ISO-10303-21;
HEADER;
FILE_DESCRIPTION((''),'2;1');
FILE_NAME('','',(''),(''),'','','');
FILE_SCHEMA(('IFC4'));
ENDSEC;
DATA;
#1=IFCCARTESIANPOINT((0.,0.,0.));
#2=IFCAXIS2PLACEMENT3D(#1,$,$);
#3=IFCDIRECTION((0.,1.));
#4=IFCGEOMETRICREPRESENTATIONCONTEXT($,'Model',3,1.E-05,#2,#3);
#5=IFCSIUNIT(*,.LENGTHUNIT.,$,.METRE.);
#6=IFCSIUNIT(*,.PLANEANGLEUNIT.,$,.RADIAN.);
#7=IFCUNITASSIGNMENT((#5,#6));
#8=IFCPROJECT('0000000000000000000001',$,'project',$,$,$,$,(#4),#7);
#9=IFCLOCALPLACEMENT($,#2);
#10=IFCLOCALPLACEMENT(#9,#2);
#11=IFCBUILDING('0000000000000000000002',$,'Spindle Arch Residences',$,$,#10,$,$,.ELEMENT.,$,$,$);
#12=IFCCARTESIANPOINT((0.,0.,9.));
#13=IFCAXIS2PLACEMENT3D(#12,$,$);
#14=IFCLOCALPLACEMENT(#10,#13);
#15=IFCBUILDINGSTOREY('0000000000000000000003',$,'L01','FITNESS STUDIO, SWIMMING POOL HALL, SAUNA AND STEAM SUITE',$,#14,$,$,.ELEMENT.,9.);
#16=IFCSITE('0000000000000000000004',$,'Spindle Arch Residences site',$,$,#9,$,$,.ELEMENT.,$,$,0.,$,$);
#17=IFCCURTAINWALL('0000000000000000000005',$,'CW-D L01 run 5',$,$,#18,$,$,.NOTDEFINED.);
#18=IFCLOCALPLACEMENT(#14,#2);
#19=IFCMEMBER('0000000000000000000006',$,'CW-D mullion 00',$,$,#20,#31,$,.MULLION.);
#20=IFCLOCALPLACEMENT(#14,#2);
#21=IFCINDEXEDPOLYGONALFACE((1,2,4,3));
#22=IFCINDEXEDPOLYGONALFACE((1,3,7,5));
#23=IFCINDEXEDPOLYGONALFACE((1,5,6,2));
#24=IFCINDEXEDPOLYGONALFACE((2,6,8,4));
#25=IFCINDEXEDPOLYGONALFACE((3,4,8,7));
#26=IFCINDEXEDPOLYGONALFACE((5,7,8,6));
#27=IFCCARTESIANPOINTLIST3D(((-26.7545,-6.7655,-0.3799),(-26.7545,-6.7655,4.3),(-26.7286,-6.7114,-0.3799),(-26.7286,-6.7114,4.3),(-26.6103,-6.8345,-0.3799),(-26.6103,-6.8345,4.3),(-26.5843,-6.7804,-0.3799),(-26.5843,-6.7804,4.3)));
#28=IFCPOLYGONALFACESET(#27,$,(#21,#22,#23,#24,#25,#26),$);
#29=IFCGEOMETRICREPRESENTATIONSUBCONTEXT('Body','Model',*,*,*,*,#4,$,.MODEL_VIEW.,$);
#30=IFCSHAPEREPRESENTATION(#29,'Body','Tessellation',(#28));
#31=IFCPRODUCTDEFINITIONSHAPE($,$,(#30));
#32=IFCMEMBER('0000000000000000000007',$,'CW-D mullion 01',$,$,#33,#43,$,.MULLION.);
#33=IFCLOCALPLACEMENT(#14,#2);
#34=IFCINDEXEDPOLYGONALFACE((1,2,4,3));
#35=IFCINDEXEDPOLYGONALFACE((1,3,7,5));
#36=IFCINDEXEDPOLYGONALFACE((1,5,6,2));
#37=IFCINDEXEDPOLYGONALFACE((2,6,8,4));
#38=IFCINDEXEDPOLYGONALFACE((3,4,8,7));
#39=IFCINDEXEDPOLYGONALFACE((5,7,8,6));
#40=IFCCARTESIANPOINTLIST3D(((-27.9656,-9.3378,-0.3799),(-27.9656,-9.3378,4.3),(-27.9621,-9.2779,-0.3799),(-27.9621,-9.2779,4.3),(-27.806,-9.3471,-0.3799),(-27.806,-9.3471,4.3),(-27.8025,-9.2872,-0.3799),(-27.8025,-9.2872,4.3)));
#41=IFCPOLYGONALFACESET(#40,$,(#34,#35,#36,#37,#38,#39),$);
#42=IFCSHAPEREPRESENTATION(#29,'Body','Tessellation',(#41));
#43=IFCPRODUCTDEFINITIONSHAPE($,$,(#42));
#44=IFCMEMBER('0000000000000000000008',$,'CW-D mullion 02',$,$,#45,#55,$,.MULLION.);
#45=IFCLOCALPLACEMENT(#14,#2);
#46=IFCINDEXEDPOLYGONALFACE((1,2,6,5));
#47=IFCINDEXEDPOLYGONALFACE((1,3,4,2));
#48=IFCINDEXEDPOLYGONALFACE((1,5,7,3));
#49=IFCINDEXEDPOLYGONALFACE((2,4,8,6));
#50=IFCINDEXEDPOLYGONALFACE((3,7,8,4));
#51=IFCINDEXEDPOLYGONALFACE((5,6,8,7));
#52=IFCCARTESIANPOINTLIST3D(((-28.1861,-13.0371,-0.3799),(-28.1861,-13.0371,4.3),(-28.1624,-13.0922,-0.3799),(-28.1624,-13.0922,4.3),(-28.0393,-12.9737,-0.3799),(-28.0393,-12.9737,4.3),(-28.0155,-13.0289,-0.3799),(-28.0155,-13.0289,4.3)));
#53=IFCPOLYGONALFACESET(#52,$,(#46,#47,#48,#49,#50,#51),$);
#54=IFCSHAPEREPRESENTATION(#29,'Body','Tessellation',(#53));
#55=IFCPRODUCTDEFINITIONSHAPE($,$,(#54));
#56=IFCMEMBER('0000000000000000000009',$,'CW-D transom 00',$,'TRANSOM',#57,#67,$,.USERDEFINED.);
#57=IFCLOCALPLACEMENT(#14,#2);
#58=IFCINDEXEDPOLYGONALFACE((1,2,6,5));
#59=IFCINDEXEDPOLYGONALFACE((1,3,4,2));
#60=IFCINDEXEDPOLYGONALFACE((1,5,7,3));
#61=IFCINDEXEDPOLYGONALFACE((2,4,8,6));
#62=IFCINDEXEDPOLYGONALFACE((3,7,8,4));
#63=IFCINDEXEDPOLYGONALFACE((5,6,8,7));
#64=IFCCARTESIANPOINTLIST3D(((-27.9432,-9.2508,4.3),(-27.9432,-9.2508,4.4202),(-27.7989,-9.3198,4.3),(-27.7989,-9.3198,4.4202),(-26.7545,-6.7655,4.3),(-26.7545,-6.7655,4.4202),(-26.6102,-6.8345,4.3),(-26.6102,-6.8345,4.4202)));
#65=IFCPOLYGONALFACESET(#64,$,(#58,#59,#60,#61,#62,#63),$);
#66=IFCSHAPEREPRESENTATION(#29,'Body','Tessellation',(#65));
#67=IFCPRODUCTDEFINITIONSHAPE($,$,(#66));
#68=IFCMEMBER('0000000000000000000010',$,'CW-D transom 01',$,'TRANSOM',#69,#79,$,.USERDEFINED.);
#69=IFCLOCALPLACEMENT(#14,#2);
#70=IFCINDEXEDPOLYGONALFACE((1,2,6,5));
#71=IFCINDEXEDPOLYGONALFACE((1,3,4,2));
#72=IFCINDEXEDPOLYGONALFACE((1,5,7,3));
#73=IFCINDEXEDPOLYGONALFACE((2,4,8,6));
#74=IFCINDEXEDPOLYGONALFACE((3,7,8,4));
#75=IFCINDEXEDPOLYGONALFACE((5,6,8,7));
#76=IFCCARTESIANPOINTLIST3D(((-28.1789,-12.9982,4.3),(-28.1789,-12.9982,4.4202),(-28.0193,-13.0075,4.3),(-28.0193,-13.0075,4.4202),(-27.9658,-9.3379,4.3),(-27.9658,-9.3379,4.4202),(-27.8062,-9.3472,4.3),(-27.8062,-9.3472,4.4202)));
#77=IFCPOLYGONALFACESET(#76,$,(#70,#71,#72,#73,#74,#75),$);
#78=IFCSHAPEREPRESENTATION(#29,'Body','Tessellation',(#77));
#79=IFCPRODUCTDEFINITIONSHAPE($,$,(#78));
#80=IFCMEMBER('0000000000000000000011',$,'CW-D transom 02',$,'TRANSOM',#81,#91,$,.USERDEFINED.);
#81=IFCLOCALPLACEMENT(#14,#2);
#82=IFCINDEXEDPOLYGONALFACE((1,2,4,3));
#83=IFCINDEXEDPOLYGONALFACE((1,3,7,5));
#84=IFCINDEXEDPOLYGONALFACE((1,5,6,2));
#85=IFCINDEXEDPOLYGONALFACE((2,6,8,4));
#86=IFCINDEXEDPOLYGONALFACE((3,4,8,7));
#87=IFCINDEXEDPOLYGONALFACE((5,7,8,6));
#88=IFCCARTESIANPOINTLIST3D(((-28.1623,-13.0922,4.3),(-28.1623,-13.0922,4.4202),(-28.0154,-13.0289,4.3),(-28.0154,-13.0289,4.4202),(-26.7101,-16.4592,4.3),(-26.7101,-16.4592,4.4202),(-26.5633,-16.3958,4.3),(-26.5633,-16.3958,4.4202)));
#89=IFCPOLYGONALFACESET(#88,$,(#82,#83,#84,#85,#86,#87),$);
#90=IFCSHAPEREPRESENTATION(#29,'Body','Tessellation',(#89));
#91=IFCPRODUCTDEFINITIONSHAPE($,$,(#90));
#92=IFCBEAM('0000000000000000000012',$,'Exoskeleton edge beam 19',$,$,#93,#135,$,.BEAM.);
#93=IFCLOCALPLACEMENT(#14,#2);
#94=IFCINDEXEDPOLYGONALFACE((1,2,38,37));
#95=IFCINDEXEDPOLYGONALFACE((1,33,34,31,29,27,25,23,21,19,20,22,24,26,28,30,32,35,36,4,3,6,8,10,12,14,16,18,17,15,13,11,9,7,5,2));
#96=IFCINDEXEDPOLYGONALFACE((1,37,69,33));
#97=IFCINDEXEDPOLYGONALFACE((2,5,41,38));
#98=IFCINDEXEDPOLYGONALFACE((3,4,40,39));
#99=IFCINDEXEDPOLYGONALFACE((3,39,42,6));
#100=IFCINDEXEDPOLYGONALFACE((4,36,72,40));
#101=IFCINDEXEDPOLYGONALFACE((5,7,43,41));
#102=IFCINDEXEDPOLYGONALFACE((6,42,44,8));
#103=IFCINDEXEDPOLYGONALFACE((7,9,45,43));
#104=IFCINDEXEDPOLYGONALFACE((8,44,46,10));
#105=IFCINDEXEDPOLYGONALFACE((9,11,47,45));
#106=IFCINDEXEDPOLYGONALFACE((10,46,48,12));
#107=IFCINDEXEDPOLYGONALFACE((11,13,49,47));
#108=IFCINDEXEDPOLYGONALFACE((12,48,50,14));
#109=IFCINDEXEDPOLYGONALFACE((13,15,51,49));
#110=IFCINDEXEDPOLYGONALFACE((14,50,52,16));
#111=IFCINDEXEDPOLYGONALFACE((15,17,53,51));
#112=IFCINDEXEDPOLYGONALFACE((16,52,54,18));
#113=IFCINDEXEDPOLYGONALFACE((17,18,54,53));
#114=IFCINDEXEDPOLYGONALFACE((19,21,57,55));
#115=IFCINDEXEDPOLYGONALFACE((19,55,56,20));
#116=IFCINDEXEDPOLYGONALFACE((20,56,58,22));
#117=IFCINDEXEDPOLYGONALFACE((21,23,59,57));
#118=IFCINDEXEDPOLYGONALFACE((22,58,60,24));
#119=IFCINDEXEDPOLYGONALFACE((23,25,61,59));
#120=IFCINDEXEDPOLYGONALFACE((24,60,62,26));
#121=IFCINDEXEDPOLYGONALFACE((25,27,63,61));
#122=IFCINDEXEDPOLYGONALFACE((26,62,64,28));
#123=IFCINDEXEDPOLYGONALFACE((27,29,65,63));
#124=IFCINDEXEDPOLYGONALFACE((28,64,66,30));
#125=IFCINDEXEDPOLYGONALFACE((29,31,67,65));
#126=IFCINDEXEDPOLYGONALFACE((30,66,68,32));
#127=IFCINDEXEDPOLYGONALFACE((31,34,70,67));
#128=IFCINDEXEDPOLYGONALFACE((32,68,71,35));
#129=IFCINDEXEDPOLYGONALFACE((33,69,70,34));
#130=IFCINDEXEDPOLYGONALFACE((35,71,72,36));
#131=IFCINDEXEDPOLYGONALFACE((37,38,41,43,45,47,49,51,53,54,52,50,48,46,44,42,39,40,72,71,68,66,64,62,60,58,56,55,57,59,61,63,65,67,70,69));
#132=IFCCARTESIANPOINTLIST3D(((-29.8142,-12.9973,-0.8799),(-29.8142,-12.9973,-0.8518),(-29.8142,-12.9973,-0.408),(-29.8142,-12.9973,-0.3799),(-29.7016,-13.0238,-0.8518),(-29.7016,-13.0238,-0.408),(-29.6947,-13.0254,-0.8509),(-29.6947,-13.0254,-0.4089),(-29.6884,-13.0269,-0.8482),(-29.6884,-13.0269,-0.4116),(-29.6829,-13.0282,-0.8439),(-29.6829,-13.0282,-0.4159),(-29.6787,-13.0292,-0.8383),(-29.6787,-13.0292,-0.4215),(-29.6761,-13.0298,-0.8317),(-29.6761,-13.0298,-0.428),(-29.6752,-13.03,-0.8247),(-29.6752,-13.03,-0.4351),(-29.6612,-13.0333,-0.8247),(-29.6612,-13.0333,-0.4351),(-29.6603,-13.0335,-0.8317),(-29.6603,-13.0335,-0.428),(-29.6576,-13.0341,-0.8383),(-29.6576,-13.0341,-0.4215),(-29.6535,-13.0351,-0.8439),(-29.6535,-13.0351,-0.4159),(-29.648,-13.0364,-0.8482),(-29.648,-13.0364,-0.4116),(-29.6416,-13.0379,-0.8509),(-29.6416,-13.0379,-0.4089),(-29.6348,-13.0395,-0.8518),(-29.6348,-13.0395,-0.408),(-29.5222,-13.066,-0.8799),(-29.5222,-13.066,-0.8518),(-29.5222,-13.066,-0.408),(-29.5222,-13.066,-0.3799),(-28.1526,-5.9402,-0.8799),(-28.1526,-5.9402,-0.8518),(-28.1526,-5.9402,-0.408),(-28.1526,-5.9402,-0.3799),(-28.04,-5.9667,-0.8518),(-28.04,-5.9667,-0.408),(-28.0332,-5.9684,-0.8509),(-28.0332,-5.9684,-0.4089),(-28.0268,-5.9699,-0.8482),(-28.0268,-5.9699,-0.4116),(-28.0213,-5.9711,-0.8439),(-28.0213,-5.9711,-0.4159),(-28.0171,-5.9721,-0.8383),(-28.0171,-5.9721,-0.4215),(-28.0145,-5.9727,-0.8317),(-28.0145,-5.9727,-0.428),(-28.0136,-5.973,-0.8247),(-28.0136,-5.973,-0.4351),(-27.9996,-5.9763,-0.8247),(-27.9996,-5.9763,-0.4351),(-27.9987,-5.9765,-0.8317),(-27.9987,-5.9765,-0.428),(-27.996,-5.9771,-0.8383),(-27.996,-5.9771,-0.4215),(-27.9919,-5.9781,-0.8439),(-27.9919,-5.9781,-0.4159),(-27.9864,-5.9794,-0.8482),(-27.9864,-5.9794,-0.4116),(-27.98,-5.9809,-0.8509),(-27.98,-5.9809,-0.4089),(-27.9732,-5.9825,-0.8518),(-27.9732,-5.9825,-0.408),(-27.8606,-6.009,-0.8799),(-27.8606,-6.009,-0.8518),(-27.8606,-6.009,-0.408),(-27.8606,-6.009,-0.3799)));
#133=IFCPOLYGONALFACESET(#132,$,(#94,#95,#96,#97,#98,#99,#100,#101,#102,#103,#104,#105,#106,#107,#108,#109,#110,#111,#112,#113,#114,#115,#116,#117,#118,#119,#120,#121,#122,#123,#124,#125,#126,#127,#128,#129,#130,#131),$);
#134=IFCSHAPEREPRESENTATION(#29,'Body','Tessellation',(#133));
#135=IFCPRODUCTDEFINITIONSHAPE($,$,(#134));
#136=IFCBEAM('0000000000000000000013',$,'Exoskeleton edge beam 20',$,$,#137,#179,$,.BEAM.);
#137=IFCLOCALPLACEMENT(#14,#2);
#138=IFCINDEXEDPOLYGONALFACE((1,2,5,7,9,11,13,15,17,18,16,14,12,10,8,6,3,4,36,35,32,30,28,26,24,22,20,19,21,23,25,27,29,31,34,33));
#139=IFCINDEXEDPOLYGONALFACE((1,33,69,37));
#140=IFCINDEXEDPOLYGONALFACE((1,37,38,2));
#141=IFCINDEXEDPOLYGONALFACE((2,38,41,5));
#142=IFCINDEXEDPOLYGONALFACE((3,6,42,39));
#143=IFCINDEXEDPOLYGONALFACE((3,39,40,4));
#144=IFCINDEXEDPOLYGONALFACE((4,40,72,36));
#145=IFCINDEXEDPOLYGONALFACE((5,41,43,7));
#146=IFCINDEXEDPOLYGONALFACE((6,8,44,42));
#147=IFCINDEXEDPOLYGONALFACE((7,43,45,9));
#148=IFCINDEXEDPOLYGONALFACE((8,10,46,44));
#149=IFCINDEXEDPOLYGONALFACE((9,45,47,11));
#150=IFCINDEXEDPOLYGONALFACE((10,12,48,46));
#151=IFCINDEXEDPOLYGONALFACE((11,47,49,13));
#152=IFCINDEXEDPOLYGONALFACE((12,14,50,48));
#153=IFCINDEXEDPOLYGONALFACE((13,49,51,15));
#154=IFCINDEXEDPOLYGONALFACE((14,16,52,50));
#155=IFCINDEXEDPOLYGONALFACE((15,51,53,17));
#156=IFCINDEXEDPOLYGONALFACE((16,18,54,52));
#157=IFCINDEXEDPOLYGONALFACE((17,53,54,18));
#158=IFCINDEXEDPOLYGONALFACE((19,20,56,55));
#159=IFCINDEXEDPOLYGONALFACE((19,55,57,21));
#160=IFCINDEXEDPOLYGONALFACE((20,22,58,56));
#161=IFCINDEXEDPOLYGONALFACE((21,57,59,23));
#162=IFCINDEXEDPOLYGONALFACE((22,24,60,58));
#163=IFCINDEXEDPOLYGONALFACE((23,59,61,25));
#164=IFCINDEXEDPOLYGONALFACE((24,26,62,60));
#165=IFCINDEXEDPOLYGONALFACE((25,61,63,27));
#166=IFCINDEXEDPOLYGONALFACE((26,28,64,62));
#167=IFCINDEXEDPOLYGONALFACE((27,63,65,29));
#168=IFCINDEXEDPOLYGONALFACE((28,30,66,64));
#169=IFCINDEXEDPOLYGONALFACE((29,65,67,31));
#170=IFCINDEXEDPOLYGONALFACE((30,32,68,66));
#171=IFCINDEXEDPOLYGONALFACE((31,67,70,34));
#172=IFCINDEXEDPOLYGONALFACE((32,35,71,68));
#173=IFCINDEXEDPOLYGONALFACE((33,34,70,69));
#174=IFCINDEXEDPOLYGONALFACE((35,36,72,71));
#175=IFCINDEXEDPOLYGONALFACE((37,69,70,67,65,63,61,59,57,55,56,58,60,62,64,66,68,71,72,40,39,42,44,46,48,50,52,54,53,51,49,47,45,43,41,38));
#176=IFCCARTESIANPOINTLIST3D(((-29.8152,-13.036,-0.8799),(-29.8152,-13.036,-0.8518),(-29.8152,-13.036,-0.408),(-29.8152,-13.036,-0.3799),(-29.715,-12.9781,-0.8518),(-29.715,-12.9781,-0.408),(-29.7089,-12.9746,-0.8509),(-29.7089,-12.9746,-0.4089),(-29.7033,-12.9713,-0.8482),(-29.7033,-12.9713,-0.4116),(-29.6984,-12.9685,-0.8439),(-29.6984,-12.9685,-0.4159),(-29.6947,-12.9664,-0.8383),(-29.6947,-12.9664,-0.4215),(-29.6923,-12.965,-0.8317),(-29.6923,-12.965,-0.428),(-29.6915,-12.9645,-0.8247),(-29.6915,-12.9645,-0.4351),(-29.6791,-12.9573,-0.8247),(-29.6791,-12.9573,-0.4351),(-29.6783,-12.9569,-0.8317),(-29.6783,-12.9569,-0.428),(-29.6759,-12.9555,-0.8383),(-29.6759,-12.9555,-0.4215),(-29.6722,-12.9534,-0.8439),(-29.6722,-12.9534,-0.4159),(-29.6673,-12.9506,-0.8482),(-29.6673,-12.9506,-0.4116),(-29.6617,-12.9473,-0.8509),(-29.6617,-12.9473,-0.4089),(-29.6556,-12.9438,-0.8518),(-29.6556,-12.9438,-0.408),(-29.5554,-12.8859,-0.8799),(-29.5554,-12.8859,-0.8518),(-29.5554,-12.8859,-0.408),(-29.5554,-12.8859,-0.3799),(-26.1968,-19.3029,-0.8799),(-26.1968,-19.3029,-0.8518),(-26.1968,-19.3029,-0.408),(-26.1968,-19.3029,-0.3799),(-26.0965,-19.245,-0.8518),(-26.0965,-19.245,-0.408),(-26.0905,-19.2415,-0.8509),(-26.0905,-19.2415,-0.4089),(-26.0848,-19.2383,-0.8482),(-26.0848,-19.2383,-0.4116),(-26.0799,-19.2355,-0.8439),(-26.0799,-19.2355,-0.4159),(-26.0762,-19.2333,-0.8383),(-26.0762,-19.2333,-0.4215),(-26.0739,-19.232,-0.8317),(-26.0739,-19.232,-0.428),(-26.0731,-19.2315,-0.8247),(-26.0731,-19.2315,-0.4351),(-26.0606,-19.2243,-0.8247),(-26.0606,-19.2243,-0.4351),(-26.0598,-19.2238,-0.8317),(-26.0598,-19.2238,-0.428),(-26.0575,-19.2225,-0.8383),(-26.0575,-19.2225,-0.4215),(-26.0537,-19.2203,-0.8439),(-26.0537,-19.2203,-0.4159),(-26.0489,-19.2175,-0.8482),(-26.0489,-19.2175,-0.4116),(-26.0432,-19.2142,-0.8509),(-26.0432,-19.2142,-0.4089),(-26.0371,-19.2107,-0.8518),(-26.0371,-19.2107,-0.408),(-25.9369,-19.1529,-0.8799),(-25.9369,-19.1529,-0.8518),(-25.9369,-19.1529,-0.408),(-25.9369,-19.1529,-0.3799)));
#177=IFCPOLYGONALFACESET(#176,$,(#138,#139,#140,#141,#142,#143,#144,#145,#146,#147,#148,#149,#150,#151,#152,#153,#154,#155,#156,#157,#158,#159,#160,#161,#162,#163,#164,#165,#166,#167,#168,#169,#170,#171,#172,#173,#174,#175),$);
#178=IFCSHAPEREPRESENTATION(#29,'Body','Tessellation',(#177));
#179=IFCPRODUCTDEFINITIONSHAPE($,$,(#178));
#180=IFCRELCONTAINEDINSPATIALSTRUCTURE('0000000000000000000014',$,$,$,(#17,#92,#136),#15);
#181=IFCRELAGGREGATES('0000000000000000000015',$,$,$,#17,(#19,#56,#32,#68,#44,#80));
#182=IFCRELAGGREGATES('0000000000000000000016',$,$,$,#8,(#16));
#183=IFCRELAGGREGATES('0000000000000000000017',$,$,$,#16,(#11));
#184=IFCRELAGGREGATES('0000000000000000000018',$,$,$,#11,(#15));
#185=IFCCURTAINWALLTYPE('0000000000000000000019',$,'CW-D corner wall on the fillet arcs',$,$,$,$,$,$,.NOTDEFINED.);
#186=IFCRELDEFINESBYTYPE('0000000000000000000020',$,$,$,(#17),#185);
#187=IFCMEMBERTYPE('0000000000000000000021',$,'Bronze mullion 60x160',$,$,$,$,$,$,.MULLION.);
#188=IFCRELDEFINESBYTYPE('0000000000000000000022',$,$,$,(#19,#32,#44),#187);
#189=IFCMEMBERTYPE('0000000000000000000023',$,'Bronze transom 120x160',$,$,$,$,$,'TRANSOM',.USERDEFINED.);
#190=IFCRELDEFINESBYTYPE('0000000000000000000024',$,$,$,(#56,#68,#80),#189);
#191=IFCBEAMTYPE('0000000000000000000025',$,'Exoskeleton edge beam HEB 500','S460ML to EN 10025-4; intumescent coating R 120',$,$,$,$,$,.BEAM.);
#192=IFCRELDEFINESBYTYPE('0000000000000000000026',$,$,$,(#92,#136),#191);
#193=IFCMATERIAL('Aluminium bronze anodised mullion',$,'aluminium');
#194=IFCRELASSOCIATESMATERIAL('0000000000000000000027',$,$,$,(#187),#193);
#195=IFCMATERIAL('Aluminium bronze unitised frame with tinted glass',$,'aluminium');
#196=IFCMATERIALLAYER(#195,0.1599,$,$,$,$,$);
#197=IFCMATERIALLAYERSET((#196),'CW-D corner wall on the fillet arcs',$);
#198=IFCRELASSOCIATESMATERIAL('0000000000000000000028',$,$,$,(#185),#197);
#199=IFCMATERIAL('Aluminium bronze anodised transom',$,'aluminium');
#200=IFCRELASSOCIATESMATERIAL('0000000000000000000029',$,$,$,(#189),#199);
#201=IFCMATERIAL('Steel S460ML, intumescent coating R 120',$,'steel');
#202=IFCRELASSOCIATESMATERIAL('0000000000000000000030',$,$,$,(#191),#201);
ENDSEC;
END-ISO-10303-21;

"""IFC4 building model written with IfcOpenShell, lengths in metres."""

from ifc_helpers import new_model, si_unit, direction, frame, origin, origin_2d, place, context, subcontext, project, spatial, rectangle, i_section, extrude, material, layer, layer_set, material_profile, profile_set, type_object, element, aggregate, save


model = new_model("IFC4")

# Units and contexts
model_context = context("Model", 3, precision=1e-05, world=origin(), true_north=direction((0.0, 1.0)))
body_context = subcontext(model_context, "Body", "Model", "MODEL_VIEW")
ifc_project = project(units=[si_unit("LENGTHUNIT", "METRE"), si_unit("PLANEANGLEUNIT", "RADIAN")], contexts=[model_context])

# Site, building, storey
site_placement = place(None, origin())
site = spatial("IfcSite", under=ifc_project, at=site_placement, Name="Spindle Arch Residences site", CompositionType="ELEMENT", RefElevation=0.0)
building_placement = place(site_placement, origin())
building = spatial("IfcBuilding", under=site, at=building_placement, Name="Spindle Arch Residences", CompositionType="ELEMENT")
storey_placement = place(building_placement, frame((0.0, 0.0, 9.0)))
storey = spatial("IfcBuildingStorey", under=building, at=storey_placement, Name="L01", Description="FITNESS STUDIO, SWIMMING POOL HALL, SAUNA AND STEAM SUITE", CompositionType="ELEMENT", Elevation=9.0)

# Shared definitions
ifc_material_1 = material(Name="Aluminium bronze anodised mullion", Category="aluminium")
ifc_material_profile_1 = material_profile(ifc_material_1, rectangle(XDim=0.1599, YDim=0.0601, at=origin_2d()), Name="MU 60x160")
ifc_profile_set_1 = profile_set([ifc_material_profile_1], Name="Aluminium bronze anodised mullion")
member_type_1 = type_object("IfcMemberType", Name="Bronze mullion 60x160", PredefinedType="MULLION", material=ifc_profile_set_1)

# Curtain wall, members
ifc_material_2 = material(Name="Aluminium bronze unitised frame with tinted glass", Category="aluminium")
ifc_layer_1 = layer(ifc_material_2, 0.1599)
ifc_layer_set_1 = layer_set([ifc_layer_1], Name="CW-D corner wall on the fillet arcs")
curtain_wall_type_1 = type_object("IfcCurtainWallType", Name="CW-D corner wall on the fillet arcs", PredefinedType="NOTDEFINED", material=ifc_layer_set_1)
curtain_wall_1_placement = place(storey_placement, origin())
curtain_wall_1 = element("IfcCurtainWall", 1, at=curtain_wall_1_placement, inside=storey, type_object=curtain_wall_type_1, Name="CW-D L01 run 5", PredefinedType="NOTDEFINED")
member_1_placement = place(storey_placement, frame((-26.6694, -6.7729, -0.3799), z_axis=(0.0, 0.0, 1.0), x_axis=(0.902112, -0.431502, 0.0)))
member_1 = element("IfcMember", 2, at=member_1_placement, type_object=member_type_1, Name="CW-D mullion 00", PredefinedType="MULLION", context=body_context, shape_type="SweptSolid", body=[
    extrude(rectangle(XDim=0.1599, YDim=0.0601, at=origin_2d()), origin(), (0.0, 0.0, 1.0), 4.6799),
])
member_2_placement = place(storey_placement, frame((-27.884, -9.3125, -0.3799), z_axis=(0.0, 0.0, 1.0), x_axis=(0.998308, -0.058145, 0.0)))
member_2 = element("IfcMember", 3, at=member_2_placement, type_object=member_type_1, Name="CW-D mullion 01", PredefinedType="MULLION", context=body_context, shape_type="SweptSolid", body=[
    extrude(rectangle(XDim=0.1599, YDim=0.0601, at=origin_2d()), origin(), (0.0, 0.0, 1.0), 4.6799),
])
member_3_placement = place(storey_placement, frame((-28.1008, -13.033, -0.3799), z_axis=(0.0, 0.0, 1.0), x_axis=(0.918216, 0.39608, 0.0)))
member_3 = element("IfcMember", 4, at=member_3_placement, type_object=member_type_1, Name="CW-D mullion 02", PredefinedType="MULLION", context=body_context, shape_type="SweptSolid", body=[
    extrude(rectangle(XDim=0.1599, YDim=0.0601, at=origin_2d()), origin(), (0.0, 0.0, 1.0), 4.6799),
])
ifc_material_3 = material(Name="Aluminium bronze anodised transom", Category="aluminium")
ifc_material_profile_2 = material_profile(ifc_material_3, rectangle(XDim=0.1599, YDim=0.1201, at=origin_2d()), Name="TR 120x160")
ifc_profile_set_2 = profile_set([ifc_material_profile_2], Name="Aluminium bronze anodised transom")
member_type_2 = type_object("IfcMemberType", Name="Bronze transom 120x160", ElementType="TRANSOM", PredefinedType="USERDEFINED", material=ifc_profile_set_2)
member_4_placement = place(storey_placement, frame((-26.6824, -6.8, 4.3601), z_axis=(-0.431477, -0.902124, 0.0), x_axis=(0.902124, -0.431477, 0.0)))
member_4 = element("IfcMember", 5, at=member_4_placement, type_object=member_type_2, Name="CW-D transom 00", ObjectType="TRANSOM", PredefinedType="USERDEFINED", context=body_context, shape_type="SweptSolid", body=[
    extrude(rectangle(XDim=0.1599, YDim=0.1201, at=origin_2d()), origin(), (0.0, 0.0, 1.0), 2.7549),
])
member_5_placement = place(storey_placement, frame((-27.886, -9.3425, 4.3601), z_axis=(-0.058129, -0.998309, 0.0), x_axis=(0.998309, -0.058129, 0.0)))
member_5 = element("IfcMember", 6, at=member_5_placement, type_object=member_type_2, Name="CW-D transom 01", ObjectType="TRANSOM", PredefinedType="USERDEFINED", context=body_context, shape_type="SweptSolid", body=[
    extrude(rectangle(XDim=0.1599, YDim=0.1201, at=origin_2d()), origin(), (0.0, 0.0, 1.0), 3.6665),
])
member_6_placement = place(storey_placement, frame((-28.0889, -13.0605, 4.3601), z_axis=(0.396032, -0.918237, 0.0), x_axis=(0.918237, 0.396032, 0.0)))
member_6 = element("IfcMember", 7, at=member_6_placement, type_object=member_type_2, Name="CW-D transom 02", ObjectType="TRANSOM", PredefinedType="USERDEFINED", context=body_context, shape_type="SweptSolid", body=[
    extrude(rectangle(XDim=0.1599, YDim=0.1201, at=origin_2d()), origin(), (0.0, 0.0, 1.0), 3.6667),
])

# Beams
ifc_material_4 = material(Name="Steel S460ML, intumescent coating R 120", Category="steel")
ifc_material_profile_3 = material_profile(ifc_material_4, i_section(OverallWidth=0.3, OverallDepth=0.5, WebThickness=0.0144, FlangeThickness=0.0281, FilletRadius=0.0271, at=origin_2d()), Name="HEB 500")
ifc_profile_set_3 = profile_set([ifc_material_profile_3], Name="Steel S460ML, intumescent coating R 120")
beam_type_1 = type_object("IfcBeamType", Name="Exoskeleton edge beam HEB 500", Description="S460ML to EN 10025-4; intumescent coating R 120", PredefinedType="BEAM", material=ifc_profile_set_3)
beam_1_placement = place(storey_placement, frame((-28.0066, -5.9746, -0.6299), z_axis=(-0.229186, -0.973383, 0.0), x_axis=(0.973383, -0.229186, 0.0)))
element("IfcBeam", 8, at=beam_1_placement, inside=storey, type_object=beam_type_1, Name="Exoskeleton edge beam 19", PredefinedType="BEAM", context=body_context, shape_type="SweptSolid", body=[
    extrude(i_section(OverallWidth=0.3, OverallDepth=0.5, WebThickness=0.0144, FlangeThickness=0.0281, FilletRadius=0.0271, at=origin_2d()), origin(), (0.0, 0.0, 1.0), 7.25),
])
beam_2_placement = place(storey_placement, frame((-29.6853, -12.9609, -0.6299), z_axis=(0.500025, -0.866011, 0.0), x_axis=(0.866011, 0.500025, 0.0)))
element("IfcBeam", 9, at=beam_2_placement, inside=storey, type_object=beam_type_1, Name="Exoskeleton edge beam 20", PredefinedType="BEAM", context=body_context, shape_type="SweptSolid", body=[
    extrude(i_section(OverallWidth=0.3, OverallDepth=0.5, WebThickness=0.0144, FlangeThickness=0.0281, FilletRadius=0.0271, at=origin_2d()), origin(), (0.0, 0.0, 1.0), 7.2366),
])

aggregate(curtain_wall_1, [member_1, member_4, member_2, member_5, member_3, member_6])

save(model, "model.ifc")
